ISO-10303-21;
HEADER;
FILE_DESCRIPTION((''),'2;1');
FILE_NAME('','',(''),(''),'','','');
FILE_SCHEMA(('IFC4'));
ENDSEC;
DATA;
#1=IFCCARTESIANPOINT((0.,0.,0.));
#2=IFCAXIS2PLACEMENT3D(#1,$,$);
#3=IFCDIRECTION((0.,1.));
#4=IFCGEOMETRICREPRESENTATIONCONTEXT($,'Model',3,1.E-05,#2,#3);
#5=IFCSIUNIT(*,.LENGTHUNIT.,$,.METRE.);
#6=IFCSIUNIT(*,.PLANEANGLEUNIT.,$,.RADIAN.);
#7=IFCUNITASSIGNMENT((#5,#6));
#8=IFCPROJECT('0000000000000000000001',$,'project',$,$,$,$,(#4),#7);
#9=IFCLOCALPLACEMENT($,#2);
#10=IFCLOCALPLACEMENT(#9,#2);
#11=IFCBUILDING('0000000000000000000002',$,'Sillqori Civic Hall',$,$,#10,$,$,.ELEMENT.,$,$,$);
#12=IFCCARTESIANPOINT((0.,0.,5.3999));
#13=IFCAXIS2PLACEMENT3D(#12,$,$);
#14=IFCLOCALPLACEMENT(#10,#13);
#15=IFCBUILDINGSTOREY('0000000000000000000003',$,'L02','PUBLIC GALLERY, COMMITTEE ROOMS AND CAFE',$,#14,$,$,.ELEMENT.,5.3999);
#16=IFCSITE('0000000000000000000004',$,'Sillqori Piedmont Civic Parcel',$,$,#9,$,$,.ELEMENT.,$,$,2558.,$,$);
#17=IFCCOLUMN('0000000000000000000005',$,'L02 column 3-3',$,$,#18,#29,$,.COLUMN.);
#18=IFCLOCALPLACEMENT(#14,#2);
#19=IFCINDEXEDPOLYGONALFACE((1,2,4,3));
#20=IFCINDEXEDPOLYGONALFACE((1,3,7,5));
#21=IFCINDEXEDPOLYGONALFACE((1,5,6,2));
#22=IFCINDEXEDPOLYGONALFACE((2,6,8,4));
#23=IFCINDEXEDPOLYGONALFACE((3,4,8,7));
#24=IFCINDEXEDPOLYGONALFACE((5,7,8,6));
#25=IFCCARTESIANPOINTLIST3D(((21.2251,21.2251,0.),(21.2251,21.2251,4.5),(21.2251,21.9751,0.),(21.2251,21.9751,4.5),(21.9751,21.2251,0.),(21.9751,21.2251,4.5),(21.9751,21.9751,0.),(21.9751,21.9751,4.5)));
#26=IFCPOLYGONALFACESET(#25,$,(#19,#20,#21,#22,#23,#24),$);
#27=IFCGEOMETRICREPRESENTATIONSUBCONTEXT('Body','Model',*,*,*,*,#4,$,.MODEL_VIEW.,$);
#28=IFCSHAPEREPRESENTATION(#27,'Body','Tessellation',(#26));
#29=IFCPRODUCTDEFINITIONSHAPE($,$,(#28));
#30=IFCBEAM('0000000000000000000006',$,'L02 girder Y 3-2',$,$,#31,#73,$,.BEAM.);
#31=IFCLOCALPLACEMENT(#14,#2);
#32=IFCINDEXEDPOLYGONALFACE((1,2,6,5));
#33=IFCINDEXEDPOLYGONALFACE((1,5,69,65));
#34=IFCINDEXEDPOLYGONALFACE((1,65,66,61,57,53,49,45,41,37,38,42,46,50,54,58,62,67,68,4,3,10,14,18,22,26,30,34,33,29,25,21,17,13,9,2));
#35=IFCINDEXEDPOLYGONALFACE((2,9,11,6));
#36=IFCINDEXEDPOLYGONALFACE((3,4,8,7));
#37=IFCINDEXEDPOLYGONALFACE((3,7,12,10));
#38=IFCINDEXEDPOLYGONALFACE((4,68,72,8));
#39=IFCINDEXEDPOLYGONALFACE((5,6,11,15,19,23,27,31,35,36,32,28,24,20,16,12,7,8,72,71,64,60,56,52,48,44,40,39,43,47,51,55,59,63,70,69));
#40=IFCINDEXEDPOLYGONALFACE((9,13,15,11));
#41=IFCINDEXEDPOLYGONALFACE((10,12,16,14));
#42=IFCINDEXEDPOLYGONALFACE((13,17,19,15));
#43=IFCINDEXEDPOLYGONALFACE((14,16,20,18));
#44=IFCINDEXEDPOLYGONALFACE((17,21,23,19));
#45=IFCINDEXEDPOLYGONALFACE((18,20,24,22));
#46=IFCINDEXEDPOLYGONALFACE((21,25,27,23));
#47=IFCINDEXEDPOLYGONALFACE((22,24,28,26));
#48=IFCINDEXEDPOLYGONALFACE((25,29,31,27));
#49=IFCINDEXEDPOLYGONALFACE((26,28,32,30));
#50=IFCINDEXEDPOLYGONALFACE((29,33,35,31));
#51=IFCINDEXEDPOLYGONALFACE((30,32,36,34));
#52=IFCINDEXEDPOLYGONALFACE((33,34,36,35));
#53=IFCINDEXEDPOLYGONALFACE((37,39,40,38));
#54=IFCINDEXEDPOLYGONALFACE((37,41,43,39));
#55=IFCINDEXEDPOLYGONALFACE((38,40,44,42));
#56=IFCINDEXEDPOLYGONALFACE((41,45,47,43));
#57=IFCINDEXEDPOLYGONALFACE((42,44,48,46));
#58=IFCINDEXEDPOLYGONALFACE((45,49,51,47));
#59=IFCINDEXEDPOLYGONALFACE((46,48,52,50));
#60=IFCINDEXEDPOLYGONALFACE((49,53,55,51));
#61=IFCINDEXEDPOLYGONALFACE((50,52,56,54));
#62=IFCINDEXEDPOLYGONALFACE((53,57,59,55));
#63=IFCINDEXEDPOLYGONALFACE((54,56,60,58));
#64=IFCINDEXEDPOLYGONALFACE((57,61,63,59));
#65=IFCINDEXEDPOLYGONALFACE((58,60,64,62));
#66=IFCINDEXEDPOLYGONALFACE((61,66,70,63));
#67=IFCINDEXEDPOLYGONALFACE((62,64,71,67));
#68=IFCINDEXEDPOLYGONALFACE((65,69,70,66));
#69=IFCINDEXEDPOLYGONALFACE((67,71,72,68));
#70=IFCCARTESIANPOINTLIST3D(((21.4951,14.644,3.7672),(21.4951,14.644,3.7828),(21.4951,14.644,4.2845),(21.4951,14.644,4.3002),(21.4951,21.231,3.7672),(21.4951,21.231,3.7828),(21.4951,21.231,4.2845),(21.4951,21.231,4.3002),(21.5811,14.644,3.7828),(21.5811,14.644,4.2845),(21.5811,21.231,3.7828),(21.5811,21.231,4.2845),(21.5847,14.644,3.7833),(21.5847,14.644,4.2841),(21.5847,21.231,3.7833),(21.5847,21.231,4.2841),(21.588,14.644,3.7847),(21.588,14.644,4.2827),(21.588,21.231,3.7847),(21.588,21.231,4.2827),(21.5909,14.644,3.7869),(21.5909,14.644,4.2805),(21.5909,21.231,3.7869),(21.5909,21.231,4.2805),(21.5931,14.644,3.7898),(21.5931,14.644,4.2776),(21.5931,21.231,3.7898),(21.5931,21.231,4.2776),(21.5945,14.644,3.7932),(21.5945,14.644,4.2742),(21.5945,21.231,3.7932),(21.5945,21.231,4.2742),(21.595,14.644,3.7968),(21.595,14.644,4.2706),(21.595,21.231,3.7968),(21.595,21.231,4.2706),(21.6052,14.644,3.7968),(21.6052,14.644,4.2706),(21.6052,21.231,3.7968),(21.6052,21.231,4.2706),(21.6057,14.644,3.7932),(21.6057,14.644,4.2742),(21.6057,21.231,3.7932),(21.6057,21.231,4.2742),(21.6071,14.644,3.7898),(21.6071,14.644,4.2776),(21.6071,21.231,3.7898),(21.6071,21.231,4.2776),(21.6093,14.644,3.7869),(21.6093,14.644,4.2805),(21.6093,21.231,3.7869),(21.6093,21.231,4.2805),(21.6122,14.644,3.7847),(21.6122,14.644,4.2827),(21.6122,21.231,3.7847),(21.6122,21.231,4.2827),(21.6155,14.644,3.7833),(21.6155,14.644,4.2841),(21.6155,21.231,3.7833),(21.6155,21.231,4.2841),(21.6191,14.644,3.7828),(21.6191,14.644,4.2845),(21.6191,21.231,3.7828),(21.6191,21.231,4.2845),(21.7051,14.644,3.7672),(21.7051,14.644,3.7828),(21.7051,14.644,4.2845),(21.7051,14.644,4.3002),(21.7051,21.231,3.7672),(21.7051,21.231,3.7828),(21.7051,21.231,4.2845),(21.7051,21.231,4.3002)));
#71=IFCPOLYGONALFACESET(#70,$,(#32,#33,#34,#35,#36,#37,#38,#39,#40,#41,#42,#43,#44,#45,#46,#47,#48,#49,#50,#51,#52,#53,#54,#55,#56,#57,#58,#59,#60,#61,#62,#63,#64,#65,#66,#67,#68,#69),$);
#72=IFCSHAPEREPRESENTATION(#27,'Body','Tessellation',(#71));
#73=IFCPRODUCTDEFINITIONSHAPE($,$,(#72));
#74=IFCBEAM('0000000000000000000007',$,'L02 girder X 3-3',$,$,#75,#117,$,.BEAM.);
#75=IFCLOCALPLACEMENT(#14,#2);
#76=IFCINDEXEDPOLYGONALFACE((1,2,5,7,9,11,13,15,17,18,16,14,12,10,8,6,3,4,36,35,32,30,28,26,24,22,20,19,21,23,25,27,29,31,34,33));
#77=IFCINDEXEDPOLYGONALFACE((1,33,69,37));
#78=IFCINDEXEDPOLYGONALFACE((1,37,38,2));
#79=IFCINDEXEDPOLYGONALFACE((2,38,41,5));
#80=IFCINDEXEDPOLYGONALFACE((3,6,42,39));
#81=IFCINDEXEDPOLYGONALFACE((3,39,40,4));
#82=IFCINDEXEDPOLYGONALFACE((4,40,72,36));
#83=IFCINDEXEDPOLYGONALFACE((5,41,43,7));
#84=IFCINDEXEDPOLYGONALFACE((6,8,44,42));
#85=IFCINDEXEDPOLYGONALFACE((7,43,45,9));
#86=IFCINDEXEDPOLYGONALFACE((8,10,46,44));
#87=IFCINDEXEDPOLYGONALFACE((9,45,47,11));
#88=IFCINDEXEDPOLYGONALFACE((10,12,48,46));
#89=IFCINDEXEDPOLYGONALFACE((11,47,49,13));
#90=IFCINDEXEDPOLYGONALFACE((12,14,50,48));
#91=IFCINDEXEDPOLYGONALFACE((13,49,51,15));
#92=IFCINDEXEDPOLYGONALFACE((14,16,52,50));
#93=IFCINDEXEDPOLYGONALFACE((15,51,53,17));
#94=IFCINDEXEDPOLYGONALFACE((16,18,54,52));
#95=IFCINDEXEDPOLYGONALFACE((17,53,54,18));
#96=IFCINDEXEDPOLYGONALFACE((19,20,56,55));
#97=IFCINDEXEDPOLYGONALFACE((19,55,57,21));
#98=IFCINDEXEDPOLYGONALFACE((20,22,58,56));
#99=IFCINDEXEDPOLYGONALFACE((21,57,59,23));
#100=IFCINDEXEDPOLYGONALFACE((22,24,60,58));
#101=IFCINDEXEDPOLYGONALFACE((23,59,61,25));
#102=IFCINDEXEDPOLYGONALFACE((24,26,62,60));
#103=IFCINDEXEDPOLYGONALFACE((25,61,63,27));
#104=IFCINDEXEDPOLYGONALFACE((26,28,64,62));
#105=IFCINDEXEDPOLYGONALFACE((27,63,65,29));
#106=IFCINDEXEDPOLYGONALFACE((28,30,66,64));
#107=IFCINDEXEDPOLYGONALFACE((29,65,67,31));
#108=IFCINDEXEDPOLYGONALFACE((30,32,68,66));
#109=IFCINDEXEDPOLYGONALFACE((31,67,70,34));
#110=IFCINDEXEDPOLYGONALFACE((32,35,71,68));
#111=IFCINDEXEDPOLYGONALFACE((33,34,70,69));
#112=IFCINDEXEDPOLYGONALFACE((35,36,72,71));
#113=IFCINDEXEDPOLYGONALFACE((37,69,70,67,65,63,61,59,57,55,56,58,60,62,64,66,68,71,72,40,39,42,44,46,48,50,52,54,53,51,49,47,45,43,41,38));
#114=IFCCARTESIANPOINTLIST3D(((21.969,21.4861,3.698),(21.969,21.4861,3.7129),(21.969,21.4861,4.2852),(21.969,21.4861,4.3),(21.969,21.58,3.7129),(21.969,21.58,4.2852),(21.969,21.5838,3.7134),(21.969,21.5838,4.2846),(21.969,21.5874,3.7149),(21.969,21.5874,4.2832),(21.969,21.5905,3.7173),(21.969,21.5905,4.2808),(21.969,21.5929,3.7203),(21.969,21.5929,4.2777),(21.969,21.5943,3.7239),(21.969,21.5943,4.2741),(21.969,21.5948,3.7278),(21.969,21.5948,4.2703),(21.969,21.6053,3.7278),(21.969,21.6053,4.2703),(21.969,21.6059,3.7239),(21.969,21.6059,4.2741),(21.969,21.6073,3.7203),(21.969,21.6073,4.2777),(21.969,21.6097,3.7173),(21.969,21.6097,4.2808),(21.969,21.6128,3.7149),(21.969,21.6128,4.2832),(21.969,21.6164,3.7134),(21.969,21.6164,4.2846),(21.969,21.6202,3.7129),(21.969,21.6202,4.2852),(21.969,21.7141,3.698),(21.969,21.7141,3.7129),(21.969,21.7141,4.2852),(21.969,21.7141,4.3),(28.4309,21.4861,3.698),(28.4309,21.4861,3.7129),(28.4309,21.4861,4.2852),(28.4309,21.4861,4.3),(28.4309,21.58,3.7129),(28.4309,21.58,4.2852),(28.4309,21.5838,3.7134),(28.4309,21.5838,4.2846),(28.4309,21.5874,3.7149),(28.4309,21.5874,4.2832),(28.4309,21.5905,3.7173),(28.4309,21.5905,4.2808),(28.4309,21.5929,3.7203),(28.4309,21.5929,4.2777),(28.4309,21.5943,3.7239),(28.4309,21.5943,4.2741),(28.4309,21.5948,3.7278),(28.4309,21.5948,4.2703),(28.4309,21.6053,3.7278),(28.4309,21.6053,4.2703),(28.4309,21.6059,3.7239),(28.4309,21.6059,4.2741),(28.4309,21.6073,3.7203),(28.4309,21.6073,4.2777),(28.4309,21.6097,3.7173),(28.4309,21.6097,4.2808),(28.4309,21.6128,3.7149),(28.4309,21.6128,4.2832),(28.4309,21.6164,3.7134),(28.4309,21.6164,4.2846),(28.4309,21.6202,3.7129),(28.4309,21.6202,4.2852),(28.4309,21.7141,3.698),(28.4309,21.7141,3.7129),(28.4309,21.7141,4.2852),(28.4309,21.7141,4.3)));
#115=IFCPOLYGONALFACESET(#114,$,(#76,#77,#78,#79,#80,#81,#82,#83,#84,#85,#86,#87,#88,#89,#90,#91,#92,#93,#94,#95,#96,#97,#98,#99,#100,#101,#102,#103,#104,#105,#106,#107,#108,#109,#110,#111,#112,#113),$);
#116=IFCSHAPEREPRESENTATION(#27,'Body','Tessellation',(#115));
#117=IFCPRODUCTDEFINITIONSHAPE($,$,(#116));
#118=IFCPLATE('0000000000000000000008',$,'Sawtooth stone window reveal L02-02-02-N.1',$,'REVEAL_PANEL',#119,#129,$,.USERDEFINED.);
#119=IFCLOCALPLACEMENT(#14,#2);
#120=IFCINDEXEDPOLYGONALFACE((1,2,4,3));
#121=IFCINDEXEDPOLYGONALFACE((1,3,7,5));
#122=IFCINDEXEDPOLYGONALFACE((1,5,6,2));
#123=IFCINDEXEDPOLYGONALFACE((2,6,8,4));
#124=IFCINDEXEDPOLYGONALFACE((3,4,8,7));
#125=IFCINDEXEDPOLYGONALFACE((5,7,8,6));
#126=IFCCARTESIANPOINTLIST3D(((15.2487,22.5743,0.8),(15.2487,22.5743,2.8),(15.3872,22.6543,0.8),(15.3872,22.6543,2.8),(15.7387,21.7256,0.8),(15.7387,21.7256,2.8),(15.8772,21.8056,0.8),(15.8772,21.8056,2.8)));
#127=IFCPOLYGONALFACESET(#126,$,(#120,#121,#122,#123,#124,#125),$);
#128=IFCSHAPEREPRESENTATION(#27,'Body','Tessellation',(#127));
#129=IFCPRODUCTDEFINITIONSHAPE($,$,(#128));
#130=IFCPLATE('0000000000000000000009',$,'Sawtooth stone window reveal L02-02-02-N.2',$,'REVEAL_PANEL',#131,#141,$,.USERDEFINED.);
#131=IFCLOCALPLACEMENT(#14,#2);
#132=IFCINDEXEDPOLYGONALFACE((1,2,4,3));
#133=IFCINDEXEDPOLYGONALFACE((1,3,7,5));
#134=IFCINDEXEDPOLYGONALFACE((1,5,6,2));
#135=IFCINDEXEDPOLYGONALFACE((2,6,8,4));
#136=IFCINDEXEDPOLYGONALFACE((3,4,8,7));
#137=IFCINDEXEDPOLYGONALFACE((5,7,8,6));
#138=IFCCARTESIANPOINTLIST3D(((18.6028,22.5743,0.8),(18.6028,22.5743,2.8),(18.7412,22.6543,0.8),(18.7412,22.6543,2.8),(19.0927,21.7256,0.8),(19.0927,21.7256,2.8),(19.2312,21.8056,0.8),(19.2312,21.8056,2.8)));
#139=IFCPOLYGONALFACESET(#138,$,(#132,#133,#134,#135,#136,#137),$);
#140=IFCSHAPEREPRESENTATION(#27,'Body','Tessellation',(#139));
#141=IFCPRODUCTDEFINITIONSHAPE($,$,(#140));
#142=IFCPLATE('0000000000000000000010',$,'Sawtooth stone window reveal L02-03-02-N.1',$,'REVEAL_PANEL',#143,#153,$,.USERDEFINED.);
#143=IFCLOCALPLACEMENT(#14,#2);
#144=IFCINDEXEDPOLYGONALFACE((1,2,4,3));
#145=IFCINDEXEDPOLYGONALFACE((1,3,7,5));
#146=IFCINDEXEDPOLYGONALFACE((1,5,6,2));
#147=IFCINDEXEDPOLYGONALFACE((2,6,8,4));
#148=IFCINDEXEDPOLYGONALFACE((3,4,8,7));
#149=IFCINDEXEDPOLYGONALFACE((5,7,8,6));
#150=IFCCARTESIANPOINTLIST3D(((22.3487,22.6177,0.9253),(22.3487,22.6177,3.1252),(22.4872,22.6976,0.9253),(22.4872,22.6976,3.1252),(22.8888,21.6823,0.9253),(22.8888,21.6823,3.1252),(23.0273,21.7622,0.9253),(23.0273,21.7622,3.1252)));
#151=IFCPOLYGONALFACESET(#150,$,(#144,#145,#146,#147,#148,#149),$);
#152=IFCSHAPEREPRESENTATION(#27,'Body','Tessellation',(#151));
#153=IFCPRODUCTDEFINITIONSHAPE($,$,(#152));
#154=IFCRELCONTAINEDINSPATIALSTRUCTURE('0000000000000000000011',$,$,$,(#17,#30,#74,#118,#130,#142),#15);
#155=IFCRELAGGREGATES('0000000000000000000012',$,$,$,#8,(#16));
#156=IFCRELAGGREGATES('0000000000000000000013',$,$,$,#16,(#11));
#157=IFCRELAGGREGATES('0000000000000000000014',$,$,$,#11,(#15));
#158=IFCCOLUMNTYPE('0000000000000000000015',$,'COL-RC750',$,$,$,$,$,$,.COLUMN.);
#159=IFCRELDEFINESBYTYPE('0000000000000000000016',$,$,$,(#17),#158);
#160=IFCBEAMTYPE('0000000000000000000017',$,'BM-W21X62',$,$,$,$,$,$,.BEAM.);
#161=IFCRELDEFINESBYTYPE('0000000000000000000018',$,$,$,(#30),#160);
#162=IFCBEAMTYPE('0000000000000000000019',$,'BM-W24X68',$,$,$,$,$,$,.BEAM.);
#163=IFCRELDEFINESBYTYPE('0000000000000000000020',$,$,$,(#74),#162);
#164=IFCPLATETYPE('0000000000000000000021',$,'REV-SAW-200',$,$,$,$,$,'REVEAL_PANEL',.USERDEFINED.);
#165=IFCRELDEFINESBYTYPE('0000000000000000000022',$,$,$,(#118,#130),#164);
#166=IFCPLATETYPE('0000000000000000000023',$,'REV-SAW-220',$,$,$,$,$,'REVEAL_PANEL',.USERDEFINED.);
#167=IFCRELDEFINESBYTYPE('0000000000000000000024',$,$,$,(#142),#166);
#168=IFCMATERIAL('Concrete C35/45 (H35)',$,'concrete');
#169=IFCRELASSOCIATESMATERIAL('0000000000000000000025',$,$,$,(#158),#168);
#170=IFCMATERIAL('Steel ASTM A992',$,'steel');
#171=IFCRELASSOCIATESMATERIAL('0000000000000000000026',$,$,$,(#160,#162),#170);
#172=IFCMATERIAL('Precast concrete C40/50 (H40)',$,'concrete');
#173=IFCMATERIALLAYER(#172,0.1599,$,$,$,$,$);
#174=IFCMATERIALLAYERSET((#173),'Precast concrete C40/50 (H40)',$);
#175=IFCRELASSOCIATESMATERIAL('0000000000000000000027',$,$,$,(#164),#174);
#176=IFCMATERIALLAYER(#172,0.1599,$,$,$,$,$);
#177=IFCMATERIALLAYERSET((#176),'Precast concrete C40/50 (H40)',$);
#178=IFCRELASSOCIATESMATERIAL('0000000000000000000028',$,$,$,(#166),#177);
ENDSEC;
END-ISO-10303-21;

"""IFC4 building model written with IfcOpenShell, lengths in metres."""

from ifc_helpers import new_model, si_unit, direction, frame, origin, origin_2d, place, context, subcontext, project, spatial, rectangle, i_section, extrude, material, layer, layer_set, material_profile, profile_set, type_object, element, save


model = new_model("IFC4")

# Units and contexts
model_context = context("Model", 3, precision=1e-05, world=origin(), true_north=direction((0.0, 1.0)))
body_context = subcontext(model_context, "Body", "Model", "MODEL_VIEW")
ifc_project = project(units=[si_unit("LENGTHUNIT", "METRE"), si_unit("PLANEANGLEUNIT", "RADIAN")], contexts=[model_context])

# Site, building, storey
site_placement = place(None, origin())
site = spatial("IfcSite", under=ifc_project, at=site_placement, Name="Sillqori Piedmont Civic Parcel", CompositionType="ELEMENT", RefElevation=2558.0)
building_placement = place(site_placement, origin())
building = spatial("IfcBuilding", under=site, at=building_placement, Name="Sillqori Civic Hall", CompositionType="ELEMENT")
storey_placement = place(building_placement, frame((0.0, 0.0, 5.3999)))
storey = spatial("IfcBuildingStorey", under=building, at=storey_placement, Name="L02", Description="PUBLIC GALLERY, COMMITTEE ROOMS AND CAFE", CompositionType="ELEMENT", Elevation=5.3999)

# Column
ifc_material_1 = material(Name="Concrete C35/45 (H35)", Category="concrete")
ifc_material_profile_1 = material_profile(ifc_material_1, rectangle(XDim=0.75, YDim=0.75, at=origin_2d()), Name="RC 750x750")
ifc_profile_set_1 = profile_set([ifc_material_profile_1], Name="Concrete C35/45 (H35)")
column_type = type_object("IfcColumnType", Name="COL-RC750", PredefinedType="COLUMN", material=ifc_profile_set_1)
column_placement = place(storey_placement, frame((21.6001, 21.6001, 0.0), z_axis=(0.0, 0.0, 1.0), x_axis=(1.0, 0.0, 0.0)))
element("IfcColumn", 1, at=column_placement, inside=storey, type_object=column_type, Name="L02 column 3-3", PredefinedType="COLUMN", context=body_context, shape_type="SweptSolid", body=[
    extrude(rectangle(XDim=0.75, YDim=0.75, at=origin_2d()), origin(), (0.0, 0.0, 1.0), 4.5),
])

# Beams
ifc_material_2 = material(Name="Steel ASTM A992", Category="steel")
ifc_material_profile_2 = material_profile(ifc_material_2, i_section(OverallWidth=0.21, OverallDepth=0.533, WebThickness=0.0103, FlangeThickness=0.0156, FilletRadius=0.0139, at=origin_2d()), Name="W21X62")
ifc_profile_set_2 = profile_set([ifc_material_profile_2], Name="Steel ASTM A992")
beam_type_1 = type_object("IfcBeamType", Name="BM-W21X62", PredefinedType="BEAM", material=ifc_profile_set_2)
beam_1_placement = place(storey_placement, frame((21.6001, 14.644, 4.0337), z_axis=(0.0, 1.0, 0.0), x_axis=(-1.0, 0.0, 0.0)))
element("IfcBeam", 2, at=beam_1_placement, inside=storey, type_object=beam_type_1, Name="L02 girder Y 3-2", PredefinedType="BEAM", context=body_context, shape_type="SweptSolid", body=[
    extrude(i_section(OverallWidth=0.21, OverallDepth=0.533, WebThickness=0.0103, FlangeThickness=0.0156, FilletRadius=0.0139, at=origin_2d()), origin(), (0.0, 0.0, 1.0), 6.5869),
])
ifc_material_profile_3 = material_profile(ifc_material_2, i_section(OverallWidth=0.228, OverallDepth=0.6021, WebThickness=0.0105, FlangeThickness=0.0149, FilletRadius=0.0149, at=origin_2d()), Name="W24X68")
ifc_profile_set_3 = profile_set([ifc_material_profile_3], Name="Steel ASTM A992")
beam_type_2 = type_object("IfcBeamType", Name="BM-W24X68", PredefinedType="BEAM", material=ifc_profile_set_3)
beam_2_placement = place(storey_placement, frame((21.969, 21.6001, 3.999), z_axis=(1.0, 0.0, 0.0), x_axis=(0.0, 1.0, 0.0)))
element("IfcBeam", 3, at=beam_2_placement, inside=storey, type_object=beam_type_2, Name="L02 girder X 3-3", PredefinedType="BEAM", context=body_context, shape_type="SweptSolid", body=[
    extrude(i_section(OverallWidth=0.228, OverallDepth=0.6021, WebThickness=0.0105, FlangeThickness=0.0149, FilletRadius=0.0149, at=origin_2d()), origin(), (0.0, 0.0, 1.0), 6.4619),
])

# Plates
ifc_material_3 = material(Name="Precast concrete C40/50 (H40)", Category="concrete")
ifc_layer_1 = layer(ifc_material_3, 0.1599)
ifc_layer_set_1 = layer_set([ifc_layer_1], Name="Precast concrete C40/50 (H40)")
plate_type_1 = type_object("IfcPlateType", Name="REV-SAW-200", ElementType="REVEAL_PANEL", PredefinedType="USERDEFINED", material=ifc_layer_set_1)
for number, where, z_axis, x_axis, name in (
    (4, (15.563, 22.1899, 0.8), (0.0, 0.0, 1.0), (0.866025, 0.5, 0.0), "Sawtooth stone window reveal L02-02-02-N.1"),
    (5, (18.917, 22.1899, 0.8), (0.0, 0.0, 1.0), (0.866025, 0.5, 0.0), "Sawtooth stone window reveal L02-02-02-N.2"),
):
    element("IfcPlate", number, at=place(storey_placement, frame(where, z_axis=z_axis, x_axis=x_axis)), inside=storey, type_object=plate_type_1, Name=name, ObjectType="REVEAL_PANEL", PredefinedType="USERDEFINED", context=body_context, shape_type="SweptSolid", body=[
        extrude(rectangle(XDim=0.1599, YDim=0.98, at=origin_2d()), origin(), (0.0, 0.0, 1.0), 2.0),
    ])
ifc_layer_2 = layer(ifc_material_3, 0.1599)
ifc_layer_set_2 = layer_set([ifc_layer_2], Name="Precast concrete C40/50 (H40)")
plate_type_2 = type_object("IfcPlateType", Name="REV-SAW-220", ElementType="REVEAL_PANEL", PredefinedType="USERDEFINED", material=ifc_layer_set_2)
plate_placement = place(storey_placement, frame((22.688, 22.1899, 0.9253), z_axis=(0.0, 0.0, 1.0), x_axis=(0.866025, 0.5, 0.0)))
element("IfcPlate", 6, at=plate_placement, inside=storey, type_object=plate_type_2, Name="Sawtooth stone window reveal L02-03-02-N.1", ObjectType="REVEAL_PANEL", PredefinedType="USERDEFINED", context=body_context, shape_type="SweptSolid", body=[
    extrude(rectangle(XDim=0.1599, YDim=1.0801, at=origin_2d()), origin(), (0.0, 0.0, 1.0), 2.2),
])

save(model, "model.ifc")
